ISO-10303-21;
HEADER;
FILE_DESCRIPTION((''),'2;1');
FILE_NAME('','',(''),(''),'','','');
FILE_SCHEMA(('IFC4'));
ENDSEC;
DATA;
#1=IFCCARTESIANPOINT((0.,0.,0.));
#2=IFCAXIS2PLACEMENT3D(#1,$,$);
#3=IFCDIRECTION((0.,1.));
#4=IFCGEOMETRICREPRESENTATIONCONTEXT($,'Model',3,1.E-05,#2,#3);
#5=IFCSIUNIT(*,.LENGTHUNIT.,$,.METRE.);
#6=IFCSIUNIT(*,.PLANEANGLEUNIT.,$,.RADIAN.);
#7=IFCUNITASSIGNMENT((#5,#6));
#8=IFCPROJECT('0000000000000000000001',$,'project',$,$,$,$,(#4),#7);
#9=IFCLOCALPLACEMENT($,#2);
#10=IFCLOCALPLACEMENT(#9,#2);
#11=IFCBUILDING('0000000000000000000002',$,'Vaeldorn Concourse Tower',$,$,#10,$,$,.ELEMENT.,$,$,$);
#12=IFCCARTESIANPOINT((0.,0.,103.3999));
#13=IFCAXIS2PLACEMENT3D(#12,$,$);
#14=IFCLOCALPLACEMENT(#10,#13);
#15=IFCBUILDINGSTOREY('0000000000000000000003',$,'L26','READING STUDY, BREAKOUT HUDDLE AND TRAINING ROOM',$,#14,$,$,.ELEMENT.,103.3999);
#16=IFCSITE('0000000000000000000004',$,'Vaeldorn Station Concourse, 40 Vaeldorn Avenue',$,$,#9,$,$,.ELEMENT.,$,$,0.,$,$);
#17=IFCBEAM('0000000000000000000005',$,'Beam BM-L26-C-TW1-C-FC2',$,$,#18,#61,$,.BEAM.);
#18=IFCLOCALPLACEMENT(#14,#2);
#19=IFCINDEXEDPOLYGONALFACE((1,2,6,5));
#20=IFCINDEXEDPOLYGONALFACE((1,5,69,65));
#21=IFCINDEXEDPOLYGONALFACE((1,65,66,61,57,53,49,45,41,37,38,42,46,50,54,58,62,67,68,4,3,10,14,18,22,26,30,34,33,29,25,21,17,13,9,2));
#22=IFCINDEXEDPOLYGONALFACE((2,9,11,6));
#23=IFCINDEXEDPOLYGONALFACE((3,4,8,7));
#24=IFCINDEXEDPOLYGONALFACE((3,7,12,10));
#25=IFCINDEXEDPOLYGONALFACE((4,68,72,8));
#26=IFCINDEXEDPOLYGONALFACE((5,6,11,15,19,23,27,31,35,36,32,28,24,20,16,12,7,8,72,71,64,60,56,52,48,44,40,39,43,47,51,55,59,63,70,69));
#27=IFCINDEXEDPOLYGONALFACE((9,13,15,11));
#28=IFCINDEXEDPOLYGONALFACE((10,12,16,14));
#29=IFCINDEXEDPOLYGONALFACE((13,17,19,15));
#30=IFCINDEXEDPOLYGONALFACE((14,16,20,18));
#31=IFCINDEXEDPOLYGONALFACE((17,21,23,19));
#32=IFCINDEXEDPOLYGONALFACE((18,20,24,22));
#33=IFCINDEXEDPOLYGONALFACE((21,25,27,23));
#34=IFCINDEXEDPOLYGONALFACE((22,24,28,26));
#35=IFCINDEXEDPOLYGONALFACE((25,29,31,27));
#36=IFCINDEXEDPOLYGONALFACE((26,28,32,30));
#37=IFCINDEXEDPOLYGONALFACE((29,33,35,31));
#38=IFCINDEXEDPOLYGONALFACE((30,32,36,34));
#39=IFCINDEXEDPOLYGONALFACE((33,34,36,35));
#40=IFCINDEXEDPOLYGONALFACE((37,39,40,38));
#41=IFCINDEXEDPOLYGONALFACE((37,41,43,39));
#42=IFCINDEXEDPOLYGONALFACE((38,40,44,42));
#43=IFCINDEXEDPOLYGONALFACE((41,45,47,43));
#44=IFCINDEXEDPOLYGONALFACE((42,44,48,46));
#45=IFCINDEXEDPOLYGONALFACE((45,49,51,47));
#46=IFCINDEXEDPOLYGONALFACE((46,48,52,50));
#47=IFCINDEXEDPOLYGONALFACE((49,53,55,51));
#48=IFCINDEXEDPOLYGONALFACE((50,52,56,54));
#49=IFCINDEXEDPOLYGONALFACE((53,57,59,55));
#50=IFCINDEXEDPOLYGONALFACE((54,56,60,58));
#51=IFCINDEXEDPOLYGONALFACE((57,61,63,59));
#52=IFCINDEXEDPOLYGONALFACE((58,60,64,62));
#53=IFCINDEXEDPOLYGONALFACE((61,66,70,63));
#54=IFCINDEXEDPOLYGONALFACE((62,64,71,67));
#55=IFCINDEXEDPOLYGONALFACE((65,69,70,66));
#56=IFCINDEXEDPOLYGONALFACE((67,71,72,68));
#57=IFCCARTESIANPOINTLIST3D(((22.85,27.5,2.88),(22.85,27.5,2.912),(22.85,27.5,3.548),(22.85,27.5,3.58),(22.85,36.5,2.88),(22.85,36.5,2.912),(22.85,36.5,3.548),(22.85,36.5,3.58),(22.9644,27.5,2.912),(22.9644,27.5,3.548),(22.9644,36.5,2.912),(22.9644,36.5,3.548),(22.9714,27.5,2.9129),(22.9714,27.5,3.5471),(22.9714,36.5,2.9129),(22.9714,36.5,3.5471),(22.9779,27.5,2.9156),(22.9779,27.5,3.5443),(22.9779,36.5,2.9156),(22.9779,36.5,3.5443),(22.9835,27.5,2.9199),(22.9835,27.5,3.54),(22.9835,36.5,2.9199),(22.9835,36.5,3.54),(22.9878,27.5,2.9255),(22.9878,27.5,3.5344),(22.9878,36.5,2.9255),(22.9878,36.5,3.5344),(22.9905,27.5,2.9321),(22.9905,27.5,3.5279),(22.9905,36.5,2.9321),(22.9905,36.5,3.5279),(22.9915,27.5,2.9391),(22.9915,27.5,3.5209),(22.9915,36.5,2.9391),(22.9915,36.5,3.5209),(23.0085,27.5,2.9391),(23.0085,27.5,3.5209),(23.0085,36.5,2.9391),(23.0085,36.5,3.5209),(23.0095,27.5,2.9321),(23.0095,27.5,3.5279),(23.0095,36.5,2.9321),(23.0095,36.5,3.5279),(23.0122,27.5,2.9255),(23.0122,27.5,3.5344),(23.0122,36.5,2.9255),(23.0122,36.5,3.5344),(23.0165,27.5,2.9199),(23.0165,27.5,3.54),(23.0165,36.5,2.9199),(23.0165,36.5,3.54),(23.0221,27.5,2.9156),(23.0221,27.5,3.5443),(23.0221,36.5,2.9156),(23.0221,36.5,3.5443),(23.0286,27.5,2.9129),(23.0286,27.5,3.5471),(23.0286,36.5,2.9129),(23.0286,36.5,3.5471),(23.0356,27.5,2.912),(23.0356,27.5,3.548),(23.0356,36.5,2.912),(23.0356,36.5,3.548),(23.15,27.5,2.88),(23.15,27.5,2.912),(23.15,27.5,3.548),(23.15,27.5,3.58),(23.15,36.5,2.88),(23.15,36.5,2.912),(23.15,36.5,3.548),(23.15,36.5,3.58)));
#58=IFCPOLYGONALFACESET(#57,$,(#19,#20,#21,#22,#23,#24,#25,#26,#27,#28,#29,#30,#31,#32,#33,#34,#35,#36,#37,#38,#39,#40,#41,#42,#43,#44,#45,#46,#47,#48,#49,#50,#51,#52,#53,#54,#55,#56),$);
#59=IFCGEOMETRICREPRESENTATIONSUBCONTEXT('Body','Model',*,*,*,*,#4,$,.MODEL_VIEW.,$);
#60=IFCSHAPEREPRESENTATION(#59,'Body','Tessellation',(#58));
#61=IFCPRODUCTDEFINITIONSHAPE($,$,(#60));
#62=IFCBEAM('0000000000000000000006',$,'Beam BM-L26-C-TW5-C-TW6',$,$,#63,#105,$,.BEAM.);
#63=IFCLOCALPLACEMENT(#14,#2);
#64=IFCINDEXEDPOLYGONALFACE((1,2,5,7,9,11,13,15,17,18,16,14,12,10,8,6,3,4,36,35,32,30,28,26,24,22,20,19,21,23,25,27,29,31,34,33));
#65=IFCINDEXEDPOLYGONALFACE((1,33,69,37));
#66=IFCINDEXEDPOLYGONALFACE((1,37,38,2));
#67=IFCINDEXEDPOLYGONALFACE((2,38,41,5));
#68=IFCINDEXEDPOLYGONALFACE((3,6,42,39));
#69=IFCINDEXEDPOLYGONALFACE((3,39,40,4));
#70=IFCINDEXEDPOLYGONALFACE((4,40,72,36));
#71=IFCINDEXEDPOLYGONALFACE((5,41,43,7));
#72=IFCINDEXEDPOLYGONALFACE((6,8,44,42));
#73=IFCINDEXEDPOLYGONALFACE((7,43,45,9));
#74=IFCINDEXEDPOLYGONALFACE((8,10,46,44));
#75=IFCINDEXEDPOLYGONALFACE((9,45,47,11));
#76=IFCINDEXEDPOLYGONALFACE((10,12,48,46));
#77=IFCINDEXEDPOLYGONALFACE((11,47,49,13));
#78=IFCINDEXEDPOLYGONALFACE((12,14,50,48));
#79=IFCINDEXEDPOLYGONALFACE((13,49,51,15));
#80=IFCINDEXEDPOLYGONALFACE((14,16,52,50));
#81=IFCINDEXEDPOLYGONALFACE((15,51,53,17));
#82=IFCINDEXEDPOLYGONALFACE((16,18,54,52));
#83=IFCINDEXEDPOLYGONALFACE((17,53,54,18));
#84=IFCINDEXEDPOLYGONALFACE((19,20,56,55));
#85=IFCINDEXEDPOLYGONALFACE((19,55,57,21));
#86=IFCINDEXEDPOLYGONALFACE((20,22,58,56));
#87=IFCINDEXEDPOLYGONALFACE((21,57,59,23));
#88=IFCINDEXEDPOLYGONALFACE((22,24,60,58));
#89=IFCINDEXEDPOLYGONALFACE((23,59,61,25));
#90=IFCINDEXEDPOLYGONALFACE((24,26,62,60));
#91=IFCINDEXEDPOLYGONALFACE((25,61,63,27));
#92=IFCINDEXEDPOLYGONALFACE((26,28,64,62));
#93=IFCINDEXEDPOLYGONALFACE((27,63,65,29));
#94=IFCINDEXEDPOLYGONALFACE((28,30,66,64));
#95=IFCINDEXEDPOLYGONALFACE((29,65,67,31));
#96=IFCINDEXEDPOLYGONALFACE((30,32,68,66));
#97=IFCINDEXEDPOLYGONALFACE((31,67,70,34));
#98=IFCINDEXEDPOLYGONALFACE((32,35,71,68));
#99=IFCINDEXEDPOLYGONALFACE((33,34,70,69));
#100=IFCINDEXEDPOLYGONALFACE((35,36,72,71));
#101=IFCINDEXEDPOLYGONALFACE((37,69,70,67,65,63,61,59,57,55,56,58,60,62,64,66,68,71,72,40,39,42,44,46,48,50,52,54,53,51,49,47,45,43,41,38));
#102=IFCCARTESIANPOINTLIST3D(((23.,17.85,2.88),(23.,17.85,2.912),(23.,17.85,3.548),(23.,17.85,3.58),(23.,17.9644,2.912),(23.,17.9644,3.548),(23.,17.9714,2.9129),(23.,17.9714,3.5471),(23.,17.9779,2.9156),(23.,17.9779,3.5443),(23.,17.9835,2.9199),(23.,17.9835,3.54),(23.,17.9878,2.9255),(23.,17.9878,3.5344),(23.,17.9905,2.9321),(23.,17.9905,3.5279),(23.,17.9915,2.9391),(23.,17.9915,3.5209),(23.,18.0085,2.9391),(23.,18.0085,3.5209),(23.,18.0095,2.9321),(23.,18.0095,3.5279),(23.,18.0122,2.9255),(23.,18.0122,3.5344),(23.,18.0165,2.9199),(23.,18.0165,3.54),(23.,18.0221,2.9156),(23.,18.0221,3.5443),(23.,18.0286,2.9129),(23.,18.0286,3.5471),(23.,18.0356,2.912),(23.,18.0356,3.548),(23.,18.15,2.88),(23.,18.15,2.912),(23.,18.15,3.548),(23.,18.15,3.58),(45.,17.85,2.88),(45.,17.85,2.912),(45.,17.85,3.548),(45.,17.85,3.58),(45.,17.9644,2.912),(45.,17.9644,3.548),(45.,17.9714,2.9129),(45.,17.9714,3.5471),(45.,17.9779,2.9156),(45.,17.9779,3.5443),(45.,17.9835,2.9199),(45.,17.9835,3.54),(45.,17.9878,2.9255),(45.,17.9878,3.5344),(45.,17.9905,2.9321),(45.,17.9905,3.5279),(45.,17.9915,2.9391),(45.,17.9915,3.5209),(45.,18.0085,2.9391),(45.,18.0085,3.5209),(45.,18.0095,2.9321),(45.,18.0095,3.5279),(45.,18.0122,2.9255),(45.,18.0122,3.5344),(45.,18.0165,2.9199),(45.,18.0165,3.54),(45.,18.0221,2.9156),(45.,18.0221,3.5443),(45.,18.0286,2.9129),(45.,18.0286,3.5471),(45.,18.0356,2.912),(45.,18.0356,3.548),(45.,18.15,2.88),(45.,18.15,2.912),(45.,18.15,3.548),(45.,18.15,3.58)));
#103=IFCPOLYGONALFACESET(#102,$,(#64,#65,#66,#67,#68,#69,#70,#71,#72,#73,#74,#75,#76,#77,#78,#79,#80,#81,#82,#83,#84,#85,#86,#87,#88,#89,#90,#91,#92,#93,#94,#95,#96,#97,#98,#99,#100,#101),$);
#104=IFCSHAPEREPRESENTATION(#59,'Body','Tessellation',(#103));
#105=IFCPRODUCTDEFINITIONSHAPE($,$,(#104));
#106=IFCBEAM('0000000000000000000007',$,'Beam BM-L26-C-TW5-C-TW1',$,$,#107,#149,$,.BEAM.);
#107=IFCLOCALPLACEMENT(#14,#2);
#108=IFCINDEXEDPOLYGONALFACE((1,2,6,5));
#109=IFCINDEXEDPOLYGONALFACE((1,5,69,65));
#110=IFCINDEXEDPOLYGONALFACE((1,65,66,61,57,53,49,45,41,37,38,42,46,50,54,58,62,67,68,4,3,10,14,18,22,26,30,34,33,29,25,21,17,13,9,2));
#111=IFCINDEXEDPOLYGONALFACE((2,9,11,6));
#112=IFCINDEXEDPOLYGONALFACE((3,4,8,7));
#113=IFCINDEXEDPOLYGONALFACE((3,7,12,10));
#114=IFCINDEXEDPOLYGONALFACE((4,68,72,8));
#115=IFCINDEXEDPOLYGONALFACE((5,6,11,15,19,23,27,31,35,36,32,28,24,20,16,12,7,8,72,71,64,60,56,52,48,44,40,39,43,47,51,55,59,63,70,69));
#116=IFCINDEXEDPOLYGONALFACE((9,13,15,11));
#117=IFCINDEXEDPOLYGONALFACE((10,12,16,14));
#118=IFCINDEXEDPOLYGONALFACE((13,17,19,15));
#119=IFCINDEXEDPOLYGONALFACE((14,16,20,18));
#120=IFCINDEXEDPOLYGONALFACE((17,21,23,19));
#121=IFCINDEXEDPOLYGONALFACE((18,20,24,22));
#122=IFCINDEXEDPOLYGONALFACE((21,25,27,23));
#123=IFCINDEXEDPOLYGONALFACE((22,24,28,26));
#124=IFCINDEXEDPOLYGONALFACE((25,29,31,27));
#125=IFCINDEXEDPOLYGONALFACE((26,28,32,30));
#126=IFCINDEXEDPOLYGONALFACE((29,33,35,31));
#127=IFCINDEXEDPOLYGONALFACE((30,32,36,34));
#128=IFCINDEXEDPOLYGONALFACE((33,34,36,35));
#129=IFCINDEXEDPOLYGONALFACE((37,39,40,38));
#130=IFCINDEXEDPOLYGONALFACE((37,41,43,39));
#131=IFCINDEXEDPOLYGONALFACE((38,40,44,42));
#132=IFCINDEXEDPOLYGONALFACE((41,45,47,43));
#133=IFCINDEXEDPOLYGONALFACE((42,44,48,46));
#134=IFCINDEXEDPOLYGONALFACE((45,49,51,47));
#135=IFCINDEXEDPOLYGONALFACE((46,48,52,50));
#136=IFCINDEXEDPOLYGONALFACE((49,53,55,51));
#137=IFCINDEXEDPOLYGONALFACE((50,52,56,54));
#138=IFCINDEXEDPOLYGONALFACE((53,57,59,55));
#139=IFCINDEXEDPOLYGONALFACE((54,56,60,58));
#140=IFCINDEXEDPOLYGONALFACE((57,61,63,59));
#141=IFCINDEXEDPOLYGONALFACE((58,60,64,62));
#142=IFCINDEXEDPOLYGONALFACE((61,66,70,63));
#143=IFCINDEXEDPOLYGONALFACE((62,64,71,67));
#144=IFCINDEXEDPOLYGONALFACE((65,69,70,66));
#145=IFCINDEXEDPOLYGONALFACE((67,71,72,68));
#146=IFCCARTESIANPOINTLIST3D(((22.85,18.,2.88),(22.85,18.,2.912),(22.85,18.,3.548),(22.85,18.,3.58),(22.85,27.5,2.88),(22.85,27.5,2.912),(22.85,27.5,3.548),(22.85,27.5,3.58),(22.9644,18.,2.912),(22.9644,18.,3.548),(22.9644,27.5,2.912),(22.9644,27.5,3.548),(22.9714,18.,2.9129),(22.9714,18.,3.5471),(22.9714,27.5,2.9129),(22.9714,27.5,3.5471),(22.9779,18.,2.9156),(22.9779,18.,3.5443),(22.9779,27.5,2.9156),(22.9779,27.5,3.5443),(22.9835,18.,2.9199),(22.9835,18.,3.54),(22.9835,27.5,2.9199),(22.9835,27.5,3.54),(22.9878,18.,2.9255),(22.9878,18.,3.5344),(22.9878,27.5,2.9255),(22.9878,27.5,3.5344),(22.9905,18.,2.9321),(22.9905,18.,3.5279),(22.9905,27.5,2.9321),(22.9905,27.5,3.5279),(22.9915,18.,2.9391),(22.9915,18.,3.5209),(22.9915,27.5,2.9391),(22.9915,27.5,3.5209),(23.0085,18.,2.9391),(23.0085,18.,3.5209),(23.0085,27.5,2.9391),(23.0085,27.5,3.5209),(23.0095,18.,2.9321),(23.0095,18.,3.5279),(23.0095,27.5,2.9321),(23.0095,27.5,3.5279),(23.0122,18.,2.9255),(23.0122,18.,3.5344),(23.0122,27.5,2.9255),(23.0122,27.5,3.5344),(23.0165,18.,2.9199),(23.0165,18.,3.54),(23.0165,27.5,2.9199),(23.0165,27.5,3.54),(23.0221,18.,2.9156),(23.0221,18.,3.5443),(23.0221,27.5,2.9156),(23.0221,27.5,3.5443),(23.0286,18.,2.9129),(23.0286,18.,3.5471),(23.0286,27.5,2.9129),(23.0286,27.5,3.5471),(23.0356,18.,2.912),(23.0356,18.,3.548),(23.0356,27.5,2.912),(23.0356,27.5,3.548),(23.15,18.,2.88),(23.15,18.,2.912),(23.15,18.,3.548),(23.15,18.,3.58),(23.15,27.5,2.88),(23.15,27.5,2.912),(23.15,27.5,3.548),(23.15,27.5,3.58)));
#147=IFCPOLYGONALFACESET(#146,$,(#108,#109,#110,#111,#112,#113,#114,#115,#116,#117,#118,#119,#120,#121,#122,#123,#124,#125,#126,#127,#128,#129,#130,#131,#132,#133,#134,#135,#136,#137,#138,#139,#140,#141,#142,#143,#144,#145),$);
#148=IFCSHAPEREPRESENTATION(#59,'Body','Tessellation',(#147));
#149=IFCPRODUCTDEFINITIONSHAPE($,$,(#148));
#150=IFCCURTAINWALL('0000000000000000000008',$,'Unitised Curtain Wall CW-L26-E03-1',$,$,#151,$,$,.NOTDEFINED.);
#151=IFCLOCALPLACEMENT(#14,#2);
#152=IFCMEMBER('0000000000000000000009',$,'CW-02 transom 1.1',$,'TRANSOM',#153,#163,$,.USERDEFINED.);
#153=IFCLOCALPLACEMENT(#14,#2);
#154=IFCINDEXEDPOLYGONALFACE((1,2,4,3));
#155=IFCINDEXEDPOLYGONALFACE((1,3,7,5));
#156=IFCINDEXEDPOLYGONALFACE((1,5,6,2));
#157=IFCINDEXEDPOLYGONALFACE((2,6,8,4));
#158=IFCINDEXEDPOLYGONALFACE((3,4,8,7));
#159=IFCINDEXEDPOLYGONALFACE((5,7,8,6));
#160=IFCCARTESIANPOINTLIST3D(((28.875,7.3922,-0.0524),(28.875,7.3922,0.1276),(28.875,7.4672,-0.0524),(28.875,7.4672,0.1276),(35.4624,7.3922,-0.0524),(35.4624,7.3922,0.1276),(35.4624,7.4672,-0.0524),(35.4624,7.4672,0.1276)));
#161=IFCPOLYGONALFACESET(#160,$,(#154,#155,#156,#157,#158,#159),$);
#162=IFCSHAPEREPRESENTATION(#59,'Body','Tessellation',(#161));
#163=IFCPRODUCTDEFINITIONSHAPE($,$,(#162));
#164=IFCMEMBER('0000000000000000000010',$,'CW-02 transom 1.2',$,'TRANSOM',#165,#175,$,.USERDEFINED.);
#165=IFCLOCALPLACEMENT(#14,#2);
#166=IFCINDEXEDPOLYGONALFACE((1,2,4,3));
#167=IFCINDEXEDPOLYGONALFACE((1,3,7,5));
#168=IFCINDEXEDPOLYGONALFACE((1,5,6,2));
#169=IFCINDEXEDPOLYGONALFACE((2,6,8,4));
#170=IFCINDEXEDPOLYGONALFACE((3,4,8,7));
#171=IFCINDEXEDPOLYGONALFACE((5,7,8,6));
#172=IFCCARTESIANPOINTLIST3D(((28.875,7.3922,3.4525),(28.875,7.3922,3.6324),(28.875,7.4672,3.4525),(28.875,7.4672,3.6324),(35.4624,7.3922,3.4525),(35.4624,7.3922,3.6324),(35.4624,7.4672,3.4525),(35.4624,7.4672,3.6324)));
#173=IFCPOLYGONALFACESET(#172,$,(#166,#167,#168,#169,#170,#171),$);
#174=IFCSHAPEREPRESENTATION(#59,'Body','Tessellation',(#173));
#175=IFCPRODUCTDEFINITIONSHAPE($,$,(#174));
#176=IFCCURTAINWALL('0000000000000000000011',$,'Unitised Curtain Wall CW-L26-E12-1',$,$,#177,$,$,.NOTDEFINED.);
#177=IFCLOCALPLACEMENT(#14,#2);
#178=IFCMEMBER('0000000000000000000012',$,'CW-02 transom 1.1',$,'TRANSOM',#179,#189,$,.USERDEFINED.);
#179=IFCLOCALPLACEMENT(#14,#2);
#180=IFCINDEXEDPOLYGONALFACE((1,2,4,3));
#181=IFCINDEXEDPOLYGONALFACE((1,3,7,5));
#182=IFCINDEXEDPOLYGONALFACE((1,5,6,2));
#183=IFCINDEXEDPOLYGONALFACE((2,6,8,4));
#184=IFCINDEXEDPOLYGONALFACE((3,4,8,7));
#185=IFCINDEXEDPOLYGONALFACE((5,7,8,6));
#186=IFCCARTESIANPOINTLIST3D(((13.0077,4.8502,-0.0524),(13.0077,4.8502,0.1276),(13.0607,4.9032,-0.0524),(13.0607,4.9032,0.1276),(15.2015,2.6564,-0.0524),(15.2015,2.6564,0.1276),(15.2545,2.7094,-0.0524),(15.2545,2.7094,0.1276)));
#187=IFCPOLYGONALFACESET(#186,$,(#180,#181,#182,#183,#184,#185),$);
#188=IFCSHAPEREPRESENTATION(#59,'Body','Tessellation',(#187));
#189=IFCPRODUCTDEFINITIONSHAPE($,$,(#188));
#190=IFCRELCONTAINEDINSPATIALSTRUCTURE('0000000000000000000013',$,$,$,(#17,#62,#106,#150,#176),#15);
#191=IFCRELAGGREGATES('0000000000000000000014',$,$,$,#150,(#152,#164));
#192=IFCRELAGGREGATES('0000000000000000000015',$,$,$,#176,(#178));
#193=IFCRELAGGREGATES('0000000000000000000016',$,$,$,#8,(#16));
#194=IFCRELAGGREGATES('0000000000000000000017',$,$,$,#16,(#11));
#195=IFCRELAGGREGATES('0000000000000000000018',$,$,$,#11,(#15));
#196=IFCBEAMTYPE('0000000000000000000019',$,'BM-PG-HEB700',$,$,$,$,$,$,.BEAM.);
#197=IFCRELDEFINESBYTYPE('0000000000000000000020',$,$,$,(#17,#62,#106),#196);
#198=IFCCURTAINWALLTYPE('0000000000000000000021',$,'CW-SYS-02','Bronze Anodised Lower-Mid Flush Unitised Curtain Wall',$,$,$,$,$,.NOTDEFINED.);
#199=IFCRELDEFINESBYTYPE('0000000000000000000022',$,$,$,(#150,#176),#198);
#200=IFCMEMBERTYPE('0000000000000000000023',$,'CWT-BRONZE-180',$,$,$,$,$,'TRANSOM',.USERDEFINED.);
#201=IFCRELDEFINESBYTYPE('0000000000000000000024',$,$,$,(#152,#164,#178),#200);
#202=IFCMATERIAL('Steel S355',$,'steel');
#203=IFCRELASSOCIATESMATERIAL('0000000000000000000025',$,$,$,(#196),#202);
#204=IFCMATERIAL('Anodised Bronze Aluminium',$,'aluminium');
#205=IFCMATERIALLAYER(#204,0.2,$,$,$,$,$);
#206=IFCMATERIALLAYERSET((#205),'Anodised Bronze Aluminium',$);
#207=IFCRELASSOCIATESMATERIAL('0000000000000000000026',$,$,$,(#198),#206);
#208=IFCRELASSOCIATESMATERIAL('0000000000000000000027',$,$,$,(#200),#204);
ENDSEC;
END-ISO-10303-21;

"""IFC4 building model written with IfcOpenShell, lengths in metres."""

from ifc_helpers import new_model, si_unit, direction, frame, origin, origin_2d, place, context, subcontext, project, spatial, rectangle, i_section, extrude, source, transform, mapped, material, layer, layer_set, material_profile, profile_set, type_object, element, aggregate, save


model = new_model("IFC4")

# Units and contexts
model_context = context("Model", 3, precision=1e-05, world=origin(), true_north=direction((0.0, 1.0)))
body_context = subcontext(model_context, "Body", "Model", "MODEL_VIEW")
ifc_project = project(units=[si_unit("LENGTHUNIT", "METRE"), si_unit("PLANEANGLEUNIT", "RADIAN")], contexts=[model_context])

# Site, building, storey
site_placement = place(None, origin())
site = spatial("IfcSite", under=ifc_project, at=site_placement, Name="Vaeldorn Station Concourse, 40 Vaeldorn Avenue", CompositionType="ELEMENT", RefElevation=0.0)
building_placement = place(site_placement, origin())
building = spatial("IfcBuilding", under=site, at=building_placement, Name="Vaeldorn Concourse Tower", CompositionType="ELEMENT")
storey_placement = place(building_placement, frame((0.0, 0.0, 103.3999)))
storey = spatial("IfcBuildingStorey", under=building, at=storey_placement, Name="L26", Description="READING STUDY, BREAKOUT HUDDLE AND TRAINING ROOM", CompositionType="ELEMENT", Elevation=103.3999)

# Beams
ifc_material_1 = material(Name="Steel S355", Category="steel")
ifc_material_profile_1 = material_profile(ifc_material_1, i_section(OverallWidth=0.3, OverallDepth=0.7, WebThickness=0.0171, FlangeThickness=0.032, FilletRadius=0.0271, at=origin_2d()), Name="HEB 700")
ifc_profile_set_1 = profile_set([ifc_material_profile_1], Name="Steel S355")
beam_type_1 = type_object("IfcBeamType", Name="BM-PG-HEB700", PredefinedType="BEAM", material=ifc_profile_set_1)
shared_shape_1 = source(origin(), body_context, "Body", "SweptSolid", [
    extrude(i_section(OverallWidth=0.3, OverallDepth=0.7, WebThickness=0.0171, FlangeThickness=0.032, FilletRadius=0.0271, at=origin_2d()), origin(), (0.0, 0.0, 1.0), 9.0),
])
beam_1_placement = place(storey_placement, frame((23.0, 27.5, 3.23), z_axis=(0.0, 1.0, 0.0), x_axis=(-1.0, 0.0, 0.0)))
element("IfcBeam", 1, at=beam_1_placement, inside=storey, type_object=beam_type_1, Name="Beam BM-L26-C-TW1-C-FC2", PredefinedType="BEAM", context=body_context, shape_type="MappedRepresentation", body=[
    mapped(shared_shape_1, transform((0.0, 0.0, 0.0), scale=1.0)),
])
shared_shape_2 = source(origin(), body_context, "Body", "SweptSolid", [
    extrude(i_section(OverallWidth=0.3, OverallDepth=0.7, WebThickness=0.0171, FlangeThickness=0.032, FilletRadius=0.0271, at=origin_2d()), origin(), (0.0, 0.0, 1.0), 22.0),
])
beam_2_placement = place(storey_placement, frame((23.0, 18.0, 3.23), z_axis=(1.0, 0.0, 0.0), x_axis=(0.0, 1.0, 0.0)))
element("IfcBeam", 2, at=beam_2_placement, inside=storey, type_object=beam_type_1, Name="Beam BM-L26-C-TW5-C-TW6", PredefinedType="BEAM", context=body_context, shape_type="MappedRepresentation", body=[
    mapped(shared_shape_2, transform((0.0, 0.0, 0.0), scale=1.0)),
])
shared_shape_3 = source(origin(), body_context, "Body", "SweptSolid", [
    extrude(i_section(OverallWidth=0.3, OverallDepth=0.7, WebThickness=0.0171, FlangeThickness=0.032, FilletRadius=0.0271, at=origin_2d()), origin(), (0.0, 0.0, 1.0), 9.5),
])
beam_3_placement = place(storey_placement, frame((23.0, 18.0, 3.23), z_axis=(0.0, 1.0, 0.0), x_axis=(-1.0, 0.0, 0.0)))
element("IfcBeam", 3, at=beam_3_placement, inside=storey, type_object=beam_type_1, Name="Beam BM-L26-C-TW5-C-TW1", PredefinedType="BEAM", context=body_context, shape_type="MappedRepresentation", body=[
    mapped(shared_shape_3, transform((0.0, 0.0, 0.0), scale=1.0)),
])

# Curtain walls, members
ifc_material_2 = material(Name="Anodised Bronze Aluminium", Category="aluminium")
ifc_layer_1 = layer(ifc_material_2, 0.2)
ifc_layer_set_1 = layer_set([ifc_layer_1], Name="Anodised Bronze Aluminium")
curtain_wall_type = type_object("IfcCurtainWallType", Name="CW-SYS-02", Description="Bronze Anodised Lower-Mid Flush Unitised Curtain Wall", PredefinedType="NOTDEFINED", material=ifc_layer_set_1)
curtain_wall_1_placement = place(storey_placement, origin())
curtain_wall_1 = element("IfcCurtainWall", 4, at=curtain_wall_1_placement, inside=storey, type_object=curtain_wall_type, Name="Unitised Curtain Wall CW-L26-E03-1", PredefinedType="NOTDEFINED")
ifc_material_profile_2 = material_profile(ifc_material_2, rectangle(XDim=0.075, YDim=0.1799, at=origin_2d()), Name="CWT 75x180")
ifc_profile_set_2 = profile_set([ifc_material_profile_2], Name="Anodised Bronze Aluminium")
member_type_1 = type_object("IfcMemberType", Name="CWT-BRONZE-180", ElementType="TRANSOM", PredefinedType="USERDEFINED", material=ifc_profile_set_2)
shared_shape_4 = source(origin(), body_context, "Body", "SweptSolid", [
    extrude(rectangle(XDim=0.075, YDim=0.1799, at=origin_2d()), origin(), (0.0, 0.0, 1.0), 6.5874),
])
member_1_placement = place(storey_placement, frame((28.875, 7.4297, 0.0376), z_axis=(1.0, 0.0, 0.0), x_axis=(0.0, 1.0, 0.0)))
member_1 = element("IfcMember", 5, at=member_1_placement, type_object=member_type_1, Name="CW-02 transom 1.1", ObjectType="TRANSOM", PredefinedType="USERDEFINED", context=body_context, shape_type="MappedRepresentation", body=[
    mapped(shared_shape_4, transform((0.0, 0.0, 0.0), scale=1.0)),
])
member_2_placement = place(storey_placement, frame((28.875, 7.4297, 3.5425), z_axis=(1.0, 0.0, 0.0), x_axis=(0.0, 1.0, 0.0)))
member_2 = element("IfcMember", 6, at=member_2_placement, type_object=member_type_1, Name="CW-02 transom 1.2", ObjectType="TRANSOM", PredefinedType="USERDEFINED", context=body_context, shape_type="MappedRepresentation", body=[
    mapped(shared_shape_4, transform((0.0, 0.0, 0.0), scale=1.0)),
])
curtain_wall_2_placement = place(storey_placement, origin())
curtain_wall_2 = element("IfcCurtainWall", 7, at=curtain_wall_2_placement, inside=storey, type_object=curtain_wall_type, Name="Unitised Curtain Wall CW-L26-E12-1", PredefinedType="NOTDEFINED")
shared_shape_5 = source(origin(), body_context, "Body", "SweptSolid", [
    extrude(rectangle(XDim=0.075, YDim=0.1799, at=origin_2d()), origin(), (0.0, 0.0, 1.0), 3.1025),
])
member_3_placement = place(storey_placement, frame((13.0342, 4.8767, 0.0376), z_axis=(0.707107, -0.707107, 0.0), x_axis=(0.707107, 0.707107, 0.0)))
member_3 = element("IfcMember", 8, at=member_3_placement, type_object=member_type_1, Name="CW-02 transom 1.1", ObjectType="TRANSOM", PredefinedType="USERDEFINED", context=body_context, shape_type="MappedRepresentation", body=[
    mapped(shared_shape_5, transform((0.0, 0.0, 0.0), scale=1.0)),
])

aggregate(curtain_wall_1, [member_1, member_2])
aggregate(curtain_wall_2, [member_3])

save(model, "model.ifc")
